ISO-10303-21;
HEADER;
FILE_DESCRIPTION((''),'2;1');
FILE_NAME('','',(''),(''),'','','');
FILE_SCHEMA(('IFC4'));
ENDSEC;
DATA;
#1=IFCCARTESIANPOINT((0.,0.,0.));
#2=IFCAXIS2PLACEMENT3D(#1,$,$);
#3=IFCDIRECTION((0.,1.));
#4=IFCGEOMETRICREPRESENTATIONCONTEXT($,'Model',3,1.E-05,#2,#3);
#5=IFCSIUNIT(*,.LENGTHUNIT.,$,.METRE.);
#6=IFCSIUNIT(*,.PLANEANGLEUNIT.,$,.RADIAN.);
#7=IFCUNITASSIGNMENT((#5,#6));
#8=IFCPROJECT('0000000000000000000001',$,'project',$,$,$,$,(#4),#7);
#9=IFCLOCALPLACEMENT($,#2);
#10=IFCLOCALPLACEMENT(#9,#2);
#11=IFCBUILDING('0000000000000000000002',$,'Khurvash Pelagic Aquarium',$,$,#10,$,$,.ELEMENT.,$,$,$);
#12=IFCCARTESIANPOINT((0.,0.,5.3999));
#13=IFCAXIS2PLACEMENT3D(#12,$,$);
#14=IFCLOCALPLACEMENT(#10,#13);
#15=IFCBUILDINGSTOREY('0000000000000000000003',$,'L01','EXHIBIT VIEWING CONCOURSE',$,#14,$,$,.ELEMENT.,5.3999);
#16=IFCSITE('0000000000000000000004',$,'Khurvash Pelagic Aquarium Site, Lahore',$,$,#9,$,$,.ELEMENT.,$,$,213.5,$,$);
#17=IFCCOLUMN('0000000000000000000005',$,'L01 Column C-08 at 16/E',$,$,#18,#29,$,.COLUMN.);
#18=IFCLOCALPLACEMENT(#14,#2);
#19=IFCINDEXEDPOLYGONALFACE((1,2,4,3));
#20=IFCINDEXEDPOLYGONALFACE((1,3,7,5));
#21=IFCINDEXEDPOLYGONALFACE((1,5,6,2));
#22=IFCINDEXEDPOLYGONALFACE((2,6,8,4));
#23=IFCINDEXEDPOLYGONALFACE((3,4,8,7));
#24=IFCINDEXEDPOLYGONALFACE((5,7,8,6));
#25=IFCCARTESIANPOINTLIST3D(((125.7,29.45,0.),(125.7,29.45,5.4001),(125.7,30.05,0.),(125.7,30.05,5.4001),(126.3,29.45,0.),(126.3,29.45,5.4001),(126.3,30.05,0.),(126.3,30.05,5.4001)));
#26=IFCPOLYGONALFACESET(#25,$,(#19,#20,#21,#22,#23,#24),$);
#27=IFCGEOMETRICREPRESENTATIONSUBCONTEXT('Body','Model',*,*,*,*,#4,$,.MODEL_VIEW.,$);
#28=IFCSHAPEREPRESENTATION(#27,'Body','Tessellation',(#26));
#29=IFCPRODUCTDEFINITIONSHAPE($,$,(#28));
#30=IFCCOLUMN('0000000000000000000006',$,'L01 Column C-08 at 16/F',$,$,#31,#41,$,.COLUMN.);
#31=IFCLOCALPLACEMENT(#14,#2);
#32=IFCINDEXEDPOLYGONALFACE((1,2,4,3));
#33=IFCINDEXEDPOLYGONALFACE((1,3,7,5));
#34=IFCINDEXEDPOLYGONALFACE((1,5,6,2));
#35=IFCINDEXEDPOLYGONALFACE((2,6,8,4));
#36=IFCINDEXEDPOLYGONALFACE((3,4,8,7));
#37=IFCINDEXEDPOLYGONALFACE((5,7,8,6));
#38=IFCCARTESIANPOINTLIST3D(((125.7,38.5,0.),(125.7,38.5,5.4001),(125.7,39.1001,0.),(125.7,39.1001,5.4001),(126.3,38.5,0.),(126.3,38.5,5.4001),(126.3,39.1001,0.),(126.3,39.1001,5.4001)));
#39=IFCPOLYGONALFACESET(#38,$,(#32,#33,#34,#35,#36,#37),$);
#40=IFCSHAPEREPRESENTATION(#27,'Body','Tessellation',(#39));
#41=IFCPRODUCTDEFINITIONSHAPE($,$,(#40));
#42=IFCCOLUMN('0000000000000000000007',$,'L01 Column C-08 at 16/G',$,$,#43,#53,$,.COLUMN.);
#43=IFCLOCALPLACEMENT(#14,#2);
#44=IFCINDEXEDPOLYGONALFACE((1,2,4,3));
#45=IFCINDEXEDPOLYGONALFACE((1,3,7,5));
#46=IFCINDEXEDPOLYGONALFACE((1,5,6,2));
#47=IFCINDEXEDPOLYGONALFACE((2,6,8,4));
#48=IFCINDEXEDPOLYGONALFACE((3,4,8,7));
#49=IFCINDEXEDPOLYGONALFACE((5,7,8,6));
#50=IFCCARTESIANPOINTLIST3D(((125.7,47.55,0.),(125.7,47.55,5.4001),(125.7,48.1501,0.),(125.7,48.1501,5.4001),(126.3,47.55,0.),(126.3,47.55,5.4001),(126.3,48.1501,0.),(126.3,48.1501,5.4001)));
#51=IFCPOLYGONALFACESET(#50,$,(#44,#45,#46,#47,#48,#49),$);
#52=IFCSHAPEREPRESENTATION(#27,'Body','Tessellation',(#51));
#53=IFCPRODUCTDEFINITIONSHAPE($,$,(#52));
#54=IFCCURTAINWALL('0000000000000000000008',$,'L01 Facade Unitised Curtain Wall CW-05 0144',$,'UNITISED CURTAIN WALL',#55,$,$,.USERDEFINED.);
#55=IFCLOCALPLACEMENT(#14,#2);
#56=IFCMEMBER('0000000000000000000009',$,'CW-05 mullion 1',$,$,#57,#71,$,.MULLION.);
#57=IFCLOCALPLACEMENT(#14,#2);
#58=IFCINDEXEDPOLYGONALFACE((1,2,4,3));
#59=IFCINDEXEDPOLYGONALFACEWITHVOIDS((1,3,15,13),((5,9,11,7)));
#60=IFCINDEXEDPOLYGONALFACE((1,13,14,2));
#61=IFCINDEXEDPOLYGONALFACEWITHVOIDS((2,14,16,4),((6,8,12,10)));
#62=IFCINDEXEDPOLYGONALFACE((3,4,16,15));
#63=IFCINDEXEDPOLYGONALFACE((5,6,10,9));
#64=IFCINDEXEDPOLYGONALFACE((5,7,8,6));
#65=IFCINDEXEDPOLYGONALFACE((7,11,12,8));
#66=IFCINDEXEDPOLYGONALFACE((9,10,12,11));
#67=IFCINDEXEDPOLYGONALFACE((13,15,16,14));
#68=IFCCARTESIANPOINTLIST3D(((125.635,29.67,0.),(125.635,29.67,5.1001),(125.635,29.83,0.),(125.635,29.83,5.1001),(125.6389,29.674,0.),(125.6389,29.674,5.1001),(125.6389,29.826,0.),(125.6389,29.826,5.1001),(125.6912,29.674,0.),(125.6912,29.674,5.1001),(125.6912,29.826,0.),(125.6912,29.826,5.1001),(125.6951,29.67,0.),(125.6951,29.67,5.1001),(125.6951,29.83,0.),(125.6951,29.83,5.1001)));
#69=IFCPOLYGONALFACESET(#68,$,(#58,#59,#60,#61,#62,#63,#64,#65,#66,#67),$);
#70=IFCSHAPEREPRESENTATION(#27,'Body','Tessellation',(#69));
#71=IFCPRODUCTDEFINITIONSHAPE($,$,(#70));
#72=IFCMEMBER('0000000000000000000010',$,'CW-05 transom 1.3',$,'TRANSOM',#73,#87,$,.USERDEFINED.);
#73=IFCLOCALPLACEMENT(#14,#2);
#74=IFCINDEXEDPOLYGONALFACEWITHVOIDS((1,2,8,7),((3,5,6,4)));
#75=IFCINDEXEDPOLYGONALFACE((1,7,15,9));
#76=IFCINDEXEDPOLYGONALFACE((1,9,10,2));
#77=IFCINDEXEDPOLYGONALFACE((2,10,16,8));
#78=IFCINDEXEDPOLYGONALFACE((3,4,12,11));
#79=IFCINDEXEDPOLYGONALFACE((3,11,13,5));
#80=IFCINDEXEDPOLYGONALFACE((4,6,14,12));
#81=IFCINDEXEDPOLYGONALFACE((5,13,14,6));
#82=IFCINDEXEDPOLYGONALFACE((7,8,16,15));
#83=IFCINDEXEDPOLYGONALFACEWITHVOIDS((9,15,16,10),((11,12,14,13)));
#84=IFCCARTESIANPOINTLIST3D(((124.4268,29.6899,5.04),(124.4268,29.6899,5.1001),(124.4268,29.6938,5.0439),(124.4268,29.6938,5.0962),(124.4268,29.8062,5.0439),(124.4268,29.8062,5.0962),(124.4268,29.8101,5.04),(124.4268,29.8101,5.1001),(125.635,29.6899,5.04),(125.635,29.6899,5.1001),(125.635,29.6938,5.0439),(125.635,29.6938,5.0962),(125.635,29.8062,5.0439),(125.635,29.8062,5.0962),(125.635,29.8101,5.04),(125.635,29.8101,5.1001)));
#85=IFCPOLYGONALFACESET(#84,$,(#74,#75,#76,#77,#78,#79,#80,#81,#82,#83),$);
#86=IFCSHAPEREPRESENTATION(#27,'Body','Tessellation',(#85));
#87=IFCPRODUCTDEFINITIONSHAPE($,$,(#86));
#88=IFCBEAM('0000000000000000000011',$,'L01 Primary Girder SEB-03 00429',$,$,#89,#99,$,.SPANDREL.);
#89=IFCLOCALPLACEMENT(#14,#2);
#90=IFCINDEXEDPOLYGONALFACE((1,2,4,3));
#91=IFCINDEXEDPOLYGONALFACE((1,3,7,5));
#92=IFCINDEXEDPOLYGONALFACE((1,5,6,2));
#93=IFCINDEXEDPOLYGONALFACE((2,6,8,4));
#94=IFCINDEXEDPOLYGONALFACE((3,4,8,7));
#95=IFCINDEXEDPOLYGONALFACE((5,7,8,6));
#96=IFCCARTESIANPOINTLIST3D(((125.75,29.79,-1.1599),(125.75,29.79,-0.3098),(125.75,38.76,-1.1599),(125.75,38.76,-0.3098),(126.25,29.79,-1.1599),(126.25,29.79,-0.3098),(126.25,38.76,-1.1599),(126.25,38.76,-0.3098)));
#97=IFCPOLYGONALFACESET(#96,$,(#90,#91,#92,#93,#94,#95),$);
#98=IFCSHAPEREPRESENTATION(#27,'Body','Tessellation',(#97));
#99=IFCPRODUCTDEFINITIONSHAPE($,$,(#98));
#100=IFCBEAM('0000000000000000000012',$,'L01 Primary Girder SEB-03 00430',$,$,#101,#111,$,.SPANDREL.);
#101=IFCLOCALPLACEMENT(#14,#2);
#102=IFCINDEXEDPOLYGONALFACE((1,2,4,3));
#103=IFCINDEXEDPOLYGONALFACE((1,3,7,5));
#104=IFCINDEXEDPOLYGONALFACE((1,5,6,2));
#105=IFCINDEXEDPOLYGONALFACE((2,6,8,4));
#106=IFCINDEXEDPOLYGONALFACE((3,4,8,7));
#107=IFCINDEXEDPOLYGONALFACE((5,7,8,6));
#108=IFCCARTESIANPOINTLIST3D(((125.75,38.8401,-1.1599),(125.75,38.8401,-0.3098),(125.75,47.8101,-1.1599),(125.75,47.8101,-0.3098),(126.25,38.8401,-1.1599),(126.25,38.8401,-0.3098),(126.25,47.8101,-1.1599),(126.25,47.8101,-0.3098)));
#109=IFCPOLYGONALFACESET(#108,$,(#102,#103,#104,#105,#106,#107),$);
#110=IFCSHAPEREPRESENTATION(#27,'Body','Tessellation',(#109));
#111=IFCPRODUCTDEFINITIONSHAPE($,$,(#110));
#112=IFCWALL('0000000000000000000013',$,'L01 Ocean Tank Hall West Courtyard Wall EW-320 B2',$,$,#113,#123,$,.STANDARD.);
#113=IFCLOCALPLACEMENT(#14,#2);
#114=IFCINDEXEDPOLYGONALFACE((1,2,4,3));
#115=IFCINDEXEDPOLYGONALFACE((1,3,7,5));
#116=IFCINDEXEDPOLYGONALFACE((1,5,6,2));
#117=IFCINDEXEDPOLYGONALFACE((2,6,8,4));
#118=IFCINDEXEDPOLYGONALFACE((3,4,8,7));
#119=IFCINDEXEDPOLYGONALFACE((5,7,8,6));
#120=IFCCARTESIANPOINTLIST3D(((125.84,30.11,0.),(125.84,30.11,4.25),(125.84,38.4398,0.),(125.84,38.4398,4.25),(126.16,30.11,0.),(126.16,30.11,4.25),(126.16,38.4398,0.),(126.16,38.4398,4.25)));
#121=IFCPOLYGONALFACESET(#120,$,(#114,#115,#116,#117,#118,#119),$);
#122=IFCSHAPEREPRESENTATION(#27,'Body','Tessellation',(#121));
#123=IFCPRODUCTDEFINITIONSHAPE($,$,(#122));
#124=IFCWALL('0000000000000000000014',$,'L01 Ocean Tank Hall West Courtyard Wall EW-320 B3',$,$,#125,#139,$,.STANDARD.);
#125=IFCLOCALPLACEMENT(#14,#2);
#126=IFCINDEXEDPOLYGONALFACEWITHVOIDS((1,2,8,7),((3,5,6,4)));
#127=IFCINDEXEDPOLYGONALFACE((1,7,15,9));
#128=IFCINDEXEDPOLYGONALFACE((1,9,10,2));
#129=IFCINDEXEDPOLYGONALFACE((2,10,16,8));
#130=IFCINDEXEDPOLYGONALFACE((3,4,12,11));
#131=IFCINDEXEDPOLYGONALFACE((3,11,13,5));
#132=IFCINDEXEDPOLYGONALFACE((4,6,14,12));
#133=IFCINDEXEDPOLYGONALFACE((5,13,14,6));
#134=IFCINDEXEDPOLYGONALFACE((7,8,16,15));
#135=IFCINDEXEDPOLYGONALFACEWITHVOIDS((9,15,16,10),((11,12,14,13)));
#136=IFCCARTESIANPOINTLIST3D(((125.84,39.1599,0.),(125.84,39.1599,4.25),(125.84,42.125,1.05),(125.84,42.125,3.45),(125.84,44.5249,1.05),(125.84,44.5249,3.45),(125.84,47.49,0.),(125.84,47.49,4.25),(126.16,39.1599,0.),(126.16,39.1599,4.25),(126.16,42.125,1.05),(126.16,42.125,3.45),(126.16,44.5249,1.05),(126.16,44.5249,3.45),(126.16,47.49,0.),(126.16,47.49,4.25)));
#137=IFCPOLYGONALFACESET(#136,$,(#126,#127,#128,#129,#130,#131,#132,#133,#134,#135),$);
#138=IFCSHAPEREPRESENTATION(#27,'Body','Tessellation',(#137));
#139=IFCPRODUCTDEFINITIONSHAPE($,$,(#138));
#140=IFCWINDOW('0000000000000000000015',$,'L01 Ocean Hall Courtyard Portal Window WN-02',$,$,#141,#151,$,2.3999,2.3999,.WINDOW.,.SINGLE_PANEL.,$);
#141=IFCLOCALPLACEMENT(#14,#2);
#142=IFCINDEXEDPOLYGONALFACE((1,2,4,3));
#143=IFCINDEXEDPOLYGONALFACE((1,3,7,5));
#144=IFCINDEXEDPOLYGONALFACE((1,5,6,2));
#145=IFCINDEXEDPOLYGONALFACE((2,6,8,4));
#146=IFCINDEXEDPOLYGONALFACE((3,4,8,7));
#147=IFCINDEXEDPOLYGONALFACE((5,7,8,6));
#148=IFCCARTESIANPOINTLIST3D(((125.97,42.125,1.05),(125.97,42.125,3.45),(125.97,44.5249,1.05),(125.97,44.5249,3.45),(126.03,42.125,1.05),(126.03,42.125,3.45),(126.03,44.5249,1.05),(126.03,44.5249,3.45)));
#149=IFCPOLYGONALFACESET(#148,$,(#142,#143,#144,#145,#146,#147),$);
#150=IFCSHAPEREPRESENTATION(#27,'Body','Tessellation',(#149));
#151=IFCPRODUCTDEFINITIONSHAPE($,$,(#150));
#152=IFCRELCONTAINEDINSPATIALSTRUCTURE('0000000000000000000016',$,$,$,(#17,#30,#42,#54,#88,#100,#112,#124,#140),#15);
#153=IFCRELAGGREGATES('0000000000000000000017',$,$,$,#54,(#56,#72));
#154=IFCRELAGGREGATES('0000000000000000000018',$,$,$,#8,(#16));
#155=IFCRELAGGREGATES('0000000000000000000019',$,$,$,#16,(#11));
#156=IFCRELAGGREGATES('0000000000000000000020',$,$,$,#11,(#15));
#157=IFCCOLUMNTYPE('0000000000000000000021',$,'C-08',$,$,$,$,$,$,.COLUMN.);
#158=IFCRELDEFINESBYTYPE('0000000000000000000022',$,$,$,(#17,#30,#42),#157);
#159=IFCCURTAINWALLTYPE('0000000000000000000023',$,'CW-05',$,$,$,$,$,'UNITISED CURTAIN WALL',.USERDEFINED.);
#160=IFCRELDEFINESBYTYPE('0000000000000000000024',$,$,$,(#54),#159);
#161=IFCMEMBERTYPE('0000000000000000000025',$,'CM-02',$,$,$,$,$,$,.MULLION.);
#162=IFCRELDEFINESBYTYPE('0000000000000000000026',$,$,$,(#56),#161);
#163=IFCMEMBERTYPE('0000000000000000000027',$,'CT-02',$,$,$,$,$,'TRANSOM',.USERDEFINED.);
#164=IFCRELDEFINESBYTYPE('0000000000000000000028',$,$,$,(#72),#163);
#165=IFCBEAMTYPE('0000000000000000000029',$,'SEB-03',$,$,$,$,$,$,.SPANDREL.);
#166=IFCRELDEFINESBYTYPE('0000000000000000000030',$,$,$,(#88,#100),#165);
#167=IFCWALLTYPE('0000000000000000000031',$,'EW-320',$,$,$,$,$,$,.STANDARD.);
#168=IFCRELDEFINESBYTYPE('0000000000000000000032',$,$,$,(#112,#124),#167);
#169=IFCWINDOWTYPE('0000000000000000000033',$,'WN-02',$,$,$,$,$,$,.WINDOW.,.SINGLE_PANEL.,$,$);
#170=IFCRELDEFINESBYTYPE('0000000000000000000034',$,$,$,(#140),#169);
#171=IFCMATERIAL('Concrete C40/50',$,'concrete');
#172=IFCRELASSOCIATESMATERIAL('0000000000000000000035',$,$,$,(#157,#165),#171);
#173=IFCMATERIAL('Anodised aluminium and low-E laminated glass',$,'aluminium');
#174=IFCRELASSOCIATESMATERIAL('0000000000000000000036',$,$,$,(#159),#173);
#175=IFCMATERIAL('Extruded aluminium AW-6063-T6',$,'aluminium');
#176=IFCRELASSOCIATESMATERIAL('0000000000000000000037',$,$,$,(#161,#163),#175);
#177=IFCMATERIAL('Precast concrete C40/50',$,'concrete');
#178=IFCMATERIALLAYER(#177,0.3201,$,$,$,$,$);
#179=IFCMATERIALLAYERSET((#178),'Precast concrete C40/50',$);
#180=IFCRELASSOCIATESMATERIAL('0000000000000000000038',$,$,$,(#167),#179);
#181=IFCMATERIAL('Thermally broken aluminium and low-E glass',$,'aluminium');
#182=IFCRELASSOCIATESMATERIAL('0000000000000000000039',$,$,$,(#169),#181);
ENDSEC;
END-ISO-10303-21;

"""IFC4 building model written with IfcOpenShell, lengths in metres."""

from ifc_helpers import new_model, si_unit, direction, frame, frame_2d, origin, origin_2d, place, context, subcontext, project, spatial, rectangle, hollow_rectangle, extrude, material, layer, layer_set, material_profile, profile_set, type_object, element, fill, aggregate, save


model = new_model("IFC4")

# Units and contexts
model_context = context("Model", 3, precision=1e-05, world=origin(), true_north=direction((0.0, 1.0)))
body_context = subcontext(model_context, "Body", "Model", "MODEL_VIEW")
ifc_project = project(units=[si_unit("LENGTHUNIT", "METRE"), si_unit("PLANEANGLEUNIT", "RADIAN")], contexts=[model_context])

# Site, building, storey
site_placement = place(None, origin())
site = spatial("IfcSite", under=ifc_project, at=site_placement, Name="Khurvash Pelagic Aquarium Site, Lahore", CompositionType="ELEMENT", RefElevation=213.5)
building_placement = place(site_placement, origin())
building = spatial("IfcBuilding", under=site, at=building_placement, Name="Khurvash Pelagic Aquarium", CompositionType="ELEMENT")
storey_placement = place(building_placement, frame((0.0, 0.0, 5.3999)))
storey = spatial("IfcBuildingStorey", under=building, at=storey_placement, Name="L01", Description="EXHIBIT VIEWING CONCOURSE", CompositionType="ELEMENT", Elevation=5.3999)

# Columns
ifc_material_1 = material(Name="Concrete C40/50", Category="concrete")
ifc_material_profile_1 = material_profile(ifc_material_1, rectangle(XDim=0.6001, YDim=0.6001, at=origin_2d()), Name="RC600X600")
ifc_profile_set_1 = profile_set([ifc_material_profile_1], Name="Concrete C40/50")
column_type = type_object("IfcColumnType", Name="C-08", PredefinedType="COLUMN", material=ifc_profile_set_1)
for number, where, z_axis, x_axis, name in (
    (1, (126.0, 29.75, 0.0), (0.0, 0.0, 1.0), (1.0, 0.0, 0.0), "L01 Column C-08 at 16/E"),
    (2, (126.0, 38.8, 0.0), (0.0, 0.0, 1.0), (1.0, 0.0, 0.0), "L01 Column C-08 at 16/F"),
    (3, (126.0, 47.8501, 0.0), (0.0, 0.0, 1.0), (1.0, 0.0, 0.0), "L01 Column C-08 at 16/G"),
):
    element("IfcColumn", number, at=place(storey_placement, frame(where, z_axis=z_axis, x_axis=x_axis)), inside=storey, type_object=column_type, Name=name, PredefinedType="COLUMN", context=body_context, shape_type="SweptSolid", body=[
        extrude(rectangle(XDim=0.6001, YDim=0.6001, at=origin_2d()), origin(), (0.0, 0.0, 1.0), 5.4001),
    ])

# Curtain wall, members
ifc_material_2 = material(Name="Anodised aluminium and low-E laminated glass", Category="aluminium")
curtain_wall_type = type_object("IfcCurtainWallType", Name="CW-05", ElementType="UNITISED CURTAIN WALL", PredefinedType="USERDEFINED", material=ifc_material_2)
curtain_wall_placement = place(storey_placement, origin())
curtain_wall = element("IfcCurtainWall", 4, at=curtain_wall_placement, inside=storey, type_object=curtain_wall_type, Name="L01 Facade Unitised Curtain Wall CW-05 0144", ObjectType="UNITISED CURTAIN WALL", PredefinedType="USERDEFINED")
ifc_material_3 = material(Name="Extruded aluminium AW-6063-T6", Category="aluminium")
ifc_material_profile_2 = material_profile(ifc_material_3, hollow_rectangle(XDim=0.0601, YDim=0.1599, WallThickness=0.0039, at=origin_2d()), Name="CWM60X160X4")
ifc_profile_set_2 = profile_set([ifc_material_profile_2], Name="Extruded aluminium AW-6063-T6")
member_type_1 = type_object("IfcMemberType", Name="CM-02", PredefinedType="MULLION", material=ifc_profile_set_2)
member_1_placement = place(storey_placement, frame((125.665, 29.75, 0.0), z_axis=(0.0, 0.0, 1.0), x_axis=(-1.0, 0.0, 0.0)))
member_1 = element("IfcMember", 5, at=member_1_placement, type_object=member_type_1, Name="CW-05 mullion 1", PredefinedType="MULLION", context=body_context, shape_type="SweptSolid", body=[
    extrude(hollow_rectangle(XDim=0.0601, YDim=0.1599, WallThickness=0.0039, at=origin_2d()), origin(), (0.0, 0.0, 1.0), 5.1001),
])
ifc_material_profile_3 = material_profile(ifc_material_3, hollow_rectangle(XDim=0.1201, YDim=0.0601, WallThickness=0.0039, at=origin_2d()), Name="CWT120X60X4")
ifc_profile_set_3 = profile_set([ifc_material_profile_3], Name="Extruded aluminium AW-6063-T6")
member_type_2 = type_object("IfcMemberType", Name="CT-02", ElementType="TRANSOM", PredefinedType="USERDEFINED", material=ifc_profile_set_3)
member_2_placement = place(storey_placement, frame((125.635, 29.75, 5.0701), z_axis=(-1.0, 0.0, 0.0), x_axis=(0.0, -1.0, 0.0)))
member_2 = element("IfcMember", 6, at=member_2_placement, type_object=member_type_2, Name="CW-05 transom 1.3", ObjectType="TRANSOM", PredefinedType="USERDEFINED", context=body_context, shape_type="SweptSolid", body=[
    extrude(hollow_rectangle(XDim=0.1201, YDim=0.0601, WallThickness=0.0039, at=origin_2d()), origin(), (0.0, 0.0, 1.0), 1.2083),
])
aggregate(curtain_wall, [member_1, member_2])

# Beams
ifc_material_profile_4 = material_profile(ifc_material_1, rectangle(XDim=0.5, YDim=0.8501, at=origin_2d()), Name="RC500X850")
ifc_profile_set_4 = profile_set([ifc_material_profile_4], Name="Concrete C40/50")
beam_type = type_object("IfcBeamType", Name="SEB-03", PredefinedType="SPANDREL", material=ifc_profile_set_4)
for number, where, z_axis, x_axis, name in (
    (7, (126.0, 29.79, -0.7349), (0.0, 1.0, 0.0), (-1.0, 0.0, 0.0), "L01 Primary Girder SEB-03 00429"),
    (8, (126.0, 38.8401, -0.7349), (0.0, 1.0, 0.0), (-1.0, 0.0, 0.0), "L01 Primary Girder SEB-03 00430"),
):
    element("IfcBeam", number, at=place(storey_placement, frame(where, z_axis=z_axis, x_axis=x_axis)), inside=storey, type_object=beam_type, Name=name, PredefinedType="SPANDREL", context=body_context, shape_type="SweptSolid", body=[
        extrude(rectangle(XDim=0.5, YDim=0.8501, at=origin_2d()), origin(), (0.0, 0.0, 1.0), 8.97),
    ])

# Wall
ifc_material_4 = material(Name="Precast concrete C40/50", Category="concrete")
ifc_layer_1 = layer(ifc_material_4, 0.3201)
ifc_layer_set_1 = layer_set([ifc_layer_1], Name="Precast concrete C40/50")
wall_type_1 = type_object("IfcWallType", Name="EW-320", PredefinedType="STANDARD", material=ifc_layer_set_1)
wall_1_placement = place(storey_placement, frame((126.0, 38.4399, 0.0), z_axis=(0.0, 0.0, 1.0), x_axis=(0.0, -1.0, 0.0)))
element("IfcWall", 9, at=wall_1_placement, inside=storey, type_object=wall_type_1, Name="L01 Ocean Tank Hall West Courtyard Wall EW-320 B2", PredefinedType="STANDARD", context=body_context, shape_type="SweptSolid", body=[
    extrude(rectangle(XDim=8.3298, YDim=0.3201, at=frame_2d((4.165, 0.0))), origin(), (0.0, 0.0, 1.0), 4.25),
])

# Wall, opening, window
wall_2_placement = place(storey_placement, frame((126.0, 47.49, 0.0), z_axis=(0.0, 0.0, 1.0), x_axis=(0.0, -1.0, 0.0)))
wall_2 = element("IfcWall", 10, at=wall_2_placement, inside=storey, type_object=wall_type_1, Name="L01 Ocean Tank Hall West Courtyard Wall EW-320 B3", PredefinedType="STANDARD", context=body_context, shape_type="SweptSolid", body=[
    extrude(rectangle(XDim=8.3301, YDim=0.3201, at=frame_2d((4.165, 0.0))), origin(), (0.0, 0.0, 1.0), 4.25),
])
opening_1_placement = place(wall_2_placement, frame((2.9651, 0.0, 1.05)))
opening_1 = element("IfcOpeningElement", 11, at=opening_1_placement, cuts=wall_2, PredefinedType="OPENING", context=body_context, shape_type="SweptSolid", body=[
    extrude(rectangle(XDim=2.3999, YDim=2.3999, at=frame_2d((1.2, 1.2))), frame((0.0, 0.1699, 0.0), z_axis=(0.0, -1.0, 0.0), x_axis=(1.0, 0.0, 0.0)), (0.0, 0.0, 1.0), 0.3401),
])
ifc_material_5 = material(Name="Thermally broken aluminium and low-E glass", Category="aluminium")
window_type_1 = type_object("IfcWindowType", Name="WN-02", PartitioningType="SINGLE_PANEL", PredefinedType="WINDOW", material=ifc_material_5)
window_1_placement = place(opening_1_placement, origin())
window_1 = element("IfcWindow", 12, at=window_1_placement, inside=storey, type_object=window_type_1, Name="L01 Ocean Hall Courtyard Portal Window WN-02", OverallHeight=2.3999, OverallWidth=2.3999, PartitioningType="SINGLE_PANEL", PredefinedType="WINDOW", context=body_context, shape_type="SweptSolid", body=[
    extrude(rectangle(XDim=2.3999, YDim=2.3999, at=frame_2d((1.2, 1.2))), frame((0.0, 0.03, 0.0), z_axis=(0.0, -1.0, 0.0), x_axis=(1.0, 0.0, 0.0)), (0.0, 0.0, 1.0), 0.0601),
])
fill(opening_1, window_1)

save(model, "model.ifc")
